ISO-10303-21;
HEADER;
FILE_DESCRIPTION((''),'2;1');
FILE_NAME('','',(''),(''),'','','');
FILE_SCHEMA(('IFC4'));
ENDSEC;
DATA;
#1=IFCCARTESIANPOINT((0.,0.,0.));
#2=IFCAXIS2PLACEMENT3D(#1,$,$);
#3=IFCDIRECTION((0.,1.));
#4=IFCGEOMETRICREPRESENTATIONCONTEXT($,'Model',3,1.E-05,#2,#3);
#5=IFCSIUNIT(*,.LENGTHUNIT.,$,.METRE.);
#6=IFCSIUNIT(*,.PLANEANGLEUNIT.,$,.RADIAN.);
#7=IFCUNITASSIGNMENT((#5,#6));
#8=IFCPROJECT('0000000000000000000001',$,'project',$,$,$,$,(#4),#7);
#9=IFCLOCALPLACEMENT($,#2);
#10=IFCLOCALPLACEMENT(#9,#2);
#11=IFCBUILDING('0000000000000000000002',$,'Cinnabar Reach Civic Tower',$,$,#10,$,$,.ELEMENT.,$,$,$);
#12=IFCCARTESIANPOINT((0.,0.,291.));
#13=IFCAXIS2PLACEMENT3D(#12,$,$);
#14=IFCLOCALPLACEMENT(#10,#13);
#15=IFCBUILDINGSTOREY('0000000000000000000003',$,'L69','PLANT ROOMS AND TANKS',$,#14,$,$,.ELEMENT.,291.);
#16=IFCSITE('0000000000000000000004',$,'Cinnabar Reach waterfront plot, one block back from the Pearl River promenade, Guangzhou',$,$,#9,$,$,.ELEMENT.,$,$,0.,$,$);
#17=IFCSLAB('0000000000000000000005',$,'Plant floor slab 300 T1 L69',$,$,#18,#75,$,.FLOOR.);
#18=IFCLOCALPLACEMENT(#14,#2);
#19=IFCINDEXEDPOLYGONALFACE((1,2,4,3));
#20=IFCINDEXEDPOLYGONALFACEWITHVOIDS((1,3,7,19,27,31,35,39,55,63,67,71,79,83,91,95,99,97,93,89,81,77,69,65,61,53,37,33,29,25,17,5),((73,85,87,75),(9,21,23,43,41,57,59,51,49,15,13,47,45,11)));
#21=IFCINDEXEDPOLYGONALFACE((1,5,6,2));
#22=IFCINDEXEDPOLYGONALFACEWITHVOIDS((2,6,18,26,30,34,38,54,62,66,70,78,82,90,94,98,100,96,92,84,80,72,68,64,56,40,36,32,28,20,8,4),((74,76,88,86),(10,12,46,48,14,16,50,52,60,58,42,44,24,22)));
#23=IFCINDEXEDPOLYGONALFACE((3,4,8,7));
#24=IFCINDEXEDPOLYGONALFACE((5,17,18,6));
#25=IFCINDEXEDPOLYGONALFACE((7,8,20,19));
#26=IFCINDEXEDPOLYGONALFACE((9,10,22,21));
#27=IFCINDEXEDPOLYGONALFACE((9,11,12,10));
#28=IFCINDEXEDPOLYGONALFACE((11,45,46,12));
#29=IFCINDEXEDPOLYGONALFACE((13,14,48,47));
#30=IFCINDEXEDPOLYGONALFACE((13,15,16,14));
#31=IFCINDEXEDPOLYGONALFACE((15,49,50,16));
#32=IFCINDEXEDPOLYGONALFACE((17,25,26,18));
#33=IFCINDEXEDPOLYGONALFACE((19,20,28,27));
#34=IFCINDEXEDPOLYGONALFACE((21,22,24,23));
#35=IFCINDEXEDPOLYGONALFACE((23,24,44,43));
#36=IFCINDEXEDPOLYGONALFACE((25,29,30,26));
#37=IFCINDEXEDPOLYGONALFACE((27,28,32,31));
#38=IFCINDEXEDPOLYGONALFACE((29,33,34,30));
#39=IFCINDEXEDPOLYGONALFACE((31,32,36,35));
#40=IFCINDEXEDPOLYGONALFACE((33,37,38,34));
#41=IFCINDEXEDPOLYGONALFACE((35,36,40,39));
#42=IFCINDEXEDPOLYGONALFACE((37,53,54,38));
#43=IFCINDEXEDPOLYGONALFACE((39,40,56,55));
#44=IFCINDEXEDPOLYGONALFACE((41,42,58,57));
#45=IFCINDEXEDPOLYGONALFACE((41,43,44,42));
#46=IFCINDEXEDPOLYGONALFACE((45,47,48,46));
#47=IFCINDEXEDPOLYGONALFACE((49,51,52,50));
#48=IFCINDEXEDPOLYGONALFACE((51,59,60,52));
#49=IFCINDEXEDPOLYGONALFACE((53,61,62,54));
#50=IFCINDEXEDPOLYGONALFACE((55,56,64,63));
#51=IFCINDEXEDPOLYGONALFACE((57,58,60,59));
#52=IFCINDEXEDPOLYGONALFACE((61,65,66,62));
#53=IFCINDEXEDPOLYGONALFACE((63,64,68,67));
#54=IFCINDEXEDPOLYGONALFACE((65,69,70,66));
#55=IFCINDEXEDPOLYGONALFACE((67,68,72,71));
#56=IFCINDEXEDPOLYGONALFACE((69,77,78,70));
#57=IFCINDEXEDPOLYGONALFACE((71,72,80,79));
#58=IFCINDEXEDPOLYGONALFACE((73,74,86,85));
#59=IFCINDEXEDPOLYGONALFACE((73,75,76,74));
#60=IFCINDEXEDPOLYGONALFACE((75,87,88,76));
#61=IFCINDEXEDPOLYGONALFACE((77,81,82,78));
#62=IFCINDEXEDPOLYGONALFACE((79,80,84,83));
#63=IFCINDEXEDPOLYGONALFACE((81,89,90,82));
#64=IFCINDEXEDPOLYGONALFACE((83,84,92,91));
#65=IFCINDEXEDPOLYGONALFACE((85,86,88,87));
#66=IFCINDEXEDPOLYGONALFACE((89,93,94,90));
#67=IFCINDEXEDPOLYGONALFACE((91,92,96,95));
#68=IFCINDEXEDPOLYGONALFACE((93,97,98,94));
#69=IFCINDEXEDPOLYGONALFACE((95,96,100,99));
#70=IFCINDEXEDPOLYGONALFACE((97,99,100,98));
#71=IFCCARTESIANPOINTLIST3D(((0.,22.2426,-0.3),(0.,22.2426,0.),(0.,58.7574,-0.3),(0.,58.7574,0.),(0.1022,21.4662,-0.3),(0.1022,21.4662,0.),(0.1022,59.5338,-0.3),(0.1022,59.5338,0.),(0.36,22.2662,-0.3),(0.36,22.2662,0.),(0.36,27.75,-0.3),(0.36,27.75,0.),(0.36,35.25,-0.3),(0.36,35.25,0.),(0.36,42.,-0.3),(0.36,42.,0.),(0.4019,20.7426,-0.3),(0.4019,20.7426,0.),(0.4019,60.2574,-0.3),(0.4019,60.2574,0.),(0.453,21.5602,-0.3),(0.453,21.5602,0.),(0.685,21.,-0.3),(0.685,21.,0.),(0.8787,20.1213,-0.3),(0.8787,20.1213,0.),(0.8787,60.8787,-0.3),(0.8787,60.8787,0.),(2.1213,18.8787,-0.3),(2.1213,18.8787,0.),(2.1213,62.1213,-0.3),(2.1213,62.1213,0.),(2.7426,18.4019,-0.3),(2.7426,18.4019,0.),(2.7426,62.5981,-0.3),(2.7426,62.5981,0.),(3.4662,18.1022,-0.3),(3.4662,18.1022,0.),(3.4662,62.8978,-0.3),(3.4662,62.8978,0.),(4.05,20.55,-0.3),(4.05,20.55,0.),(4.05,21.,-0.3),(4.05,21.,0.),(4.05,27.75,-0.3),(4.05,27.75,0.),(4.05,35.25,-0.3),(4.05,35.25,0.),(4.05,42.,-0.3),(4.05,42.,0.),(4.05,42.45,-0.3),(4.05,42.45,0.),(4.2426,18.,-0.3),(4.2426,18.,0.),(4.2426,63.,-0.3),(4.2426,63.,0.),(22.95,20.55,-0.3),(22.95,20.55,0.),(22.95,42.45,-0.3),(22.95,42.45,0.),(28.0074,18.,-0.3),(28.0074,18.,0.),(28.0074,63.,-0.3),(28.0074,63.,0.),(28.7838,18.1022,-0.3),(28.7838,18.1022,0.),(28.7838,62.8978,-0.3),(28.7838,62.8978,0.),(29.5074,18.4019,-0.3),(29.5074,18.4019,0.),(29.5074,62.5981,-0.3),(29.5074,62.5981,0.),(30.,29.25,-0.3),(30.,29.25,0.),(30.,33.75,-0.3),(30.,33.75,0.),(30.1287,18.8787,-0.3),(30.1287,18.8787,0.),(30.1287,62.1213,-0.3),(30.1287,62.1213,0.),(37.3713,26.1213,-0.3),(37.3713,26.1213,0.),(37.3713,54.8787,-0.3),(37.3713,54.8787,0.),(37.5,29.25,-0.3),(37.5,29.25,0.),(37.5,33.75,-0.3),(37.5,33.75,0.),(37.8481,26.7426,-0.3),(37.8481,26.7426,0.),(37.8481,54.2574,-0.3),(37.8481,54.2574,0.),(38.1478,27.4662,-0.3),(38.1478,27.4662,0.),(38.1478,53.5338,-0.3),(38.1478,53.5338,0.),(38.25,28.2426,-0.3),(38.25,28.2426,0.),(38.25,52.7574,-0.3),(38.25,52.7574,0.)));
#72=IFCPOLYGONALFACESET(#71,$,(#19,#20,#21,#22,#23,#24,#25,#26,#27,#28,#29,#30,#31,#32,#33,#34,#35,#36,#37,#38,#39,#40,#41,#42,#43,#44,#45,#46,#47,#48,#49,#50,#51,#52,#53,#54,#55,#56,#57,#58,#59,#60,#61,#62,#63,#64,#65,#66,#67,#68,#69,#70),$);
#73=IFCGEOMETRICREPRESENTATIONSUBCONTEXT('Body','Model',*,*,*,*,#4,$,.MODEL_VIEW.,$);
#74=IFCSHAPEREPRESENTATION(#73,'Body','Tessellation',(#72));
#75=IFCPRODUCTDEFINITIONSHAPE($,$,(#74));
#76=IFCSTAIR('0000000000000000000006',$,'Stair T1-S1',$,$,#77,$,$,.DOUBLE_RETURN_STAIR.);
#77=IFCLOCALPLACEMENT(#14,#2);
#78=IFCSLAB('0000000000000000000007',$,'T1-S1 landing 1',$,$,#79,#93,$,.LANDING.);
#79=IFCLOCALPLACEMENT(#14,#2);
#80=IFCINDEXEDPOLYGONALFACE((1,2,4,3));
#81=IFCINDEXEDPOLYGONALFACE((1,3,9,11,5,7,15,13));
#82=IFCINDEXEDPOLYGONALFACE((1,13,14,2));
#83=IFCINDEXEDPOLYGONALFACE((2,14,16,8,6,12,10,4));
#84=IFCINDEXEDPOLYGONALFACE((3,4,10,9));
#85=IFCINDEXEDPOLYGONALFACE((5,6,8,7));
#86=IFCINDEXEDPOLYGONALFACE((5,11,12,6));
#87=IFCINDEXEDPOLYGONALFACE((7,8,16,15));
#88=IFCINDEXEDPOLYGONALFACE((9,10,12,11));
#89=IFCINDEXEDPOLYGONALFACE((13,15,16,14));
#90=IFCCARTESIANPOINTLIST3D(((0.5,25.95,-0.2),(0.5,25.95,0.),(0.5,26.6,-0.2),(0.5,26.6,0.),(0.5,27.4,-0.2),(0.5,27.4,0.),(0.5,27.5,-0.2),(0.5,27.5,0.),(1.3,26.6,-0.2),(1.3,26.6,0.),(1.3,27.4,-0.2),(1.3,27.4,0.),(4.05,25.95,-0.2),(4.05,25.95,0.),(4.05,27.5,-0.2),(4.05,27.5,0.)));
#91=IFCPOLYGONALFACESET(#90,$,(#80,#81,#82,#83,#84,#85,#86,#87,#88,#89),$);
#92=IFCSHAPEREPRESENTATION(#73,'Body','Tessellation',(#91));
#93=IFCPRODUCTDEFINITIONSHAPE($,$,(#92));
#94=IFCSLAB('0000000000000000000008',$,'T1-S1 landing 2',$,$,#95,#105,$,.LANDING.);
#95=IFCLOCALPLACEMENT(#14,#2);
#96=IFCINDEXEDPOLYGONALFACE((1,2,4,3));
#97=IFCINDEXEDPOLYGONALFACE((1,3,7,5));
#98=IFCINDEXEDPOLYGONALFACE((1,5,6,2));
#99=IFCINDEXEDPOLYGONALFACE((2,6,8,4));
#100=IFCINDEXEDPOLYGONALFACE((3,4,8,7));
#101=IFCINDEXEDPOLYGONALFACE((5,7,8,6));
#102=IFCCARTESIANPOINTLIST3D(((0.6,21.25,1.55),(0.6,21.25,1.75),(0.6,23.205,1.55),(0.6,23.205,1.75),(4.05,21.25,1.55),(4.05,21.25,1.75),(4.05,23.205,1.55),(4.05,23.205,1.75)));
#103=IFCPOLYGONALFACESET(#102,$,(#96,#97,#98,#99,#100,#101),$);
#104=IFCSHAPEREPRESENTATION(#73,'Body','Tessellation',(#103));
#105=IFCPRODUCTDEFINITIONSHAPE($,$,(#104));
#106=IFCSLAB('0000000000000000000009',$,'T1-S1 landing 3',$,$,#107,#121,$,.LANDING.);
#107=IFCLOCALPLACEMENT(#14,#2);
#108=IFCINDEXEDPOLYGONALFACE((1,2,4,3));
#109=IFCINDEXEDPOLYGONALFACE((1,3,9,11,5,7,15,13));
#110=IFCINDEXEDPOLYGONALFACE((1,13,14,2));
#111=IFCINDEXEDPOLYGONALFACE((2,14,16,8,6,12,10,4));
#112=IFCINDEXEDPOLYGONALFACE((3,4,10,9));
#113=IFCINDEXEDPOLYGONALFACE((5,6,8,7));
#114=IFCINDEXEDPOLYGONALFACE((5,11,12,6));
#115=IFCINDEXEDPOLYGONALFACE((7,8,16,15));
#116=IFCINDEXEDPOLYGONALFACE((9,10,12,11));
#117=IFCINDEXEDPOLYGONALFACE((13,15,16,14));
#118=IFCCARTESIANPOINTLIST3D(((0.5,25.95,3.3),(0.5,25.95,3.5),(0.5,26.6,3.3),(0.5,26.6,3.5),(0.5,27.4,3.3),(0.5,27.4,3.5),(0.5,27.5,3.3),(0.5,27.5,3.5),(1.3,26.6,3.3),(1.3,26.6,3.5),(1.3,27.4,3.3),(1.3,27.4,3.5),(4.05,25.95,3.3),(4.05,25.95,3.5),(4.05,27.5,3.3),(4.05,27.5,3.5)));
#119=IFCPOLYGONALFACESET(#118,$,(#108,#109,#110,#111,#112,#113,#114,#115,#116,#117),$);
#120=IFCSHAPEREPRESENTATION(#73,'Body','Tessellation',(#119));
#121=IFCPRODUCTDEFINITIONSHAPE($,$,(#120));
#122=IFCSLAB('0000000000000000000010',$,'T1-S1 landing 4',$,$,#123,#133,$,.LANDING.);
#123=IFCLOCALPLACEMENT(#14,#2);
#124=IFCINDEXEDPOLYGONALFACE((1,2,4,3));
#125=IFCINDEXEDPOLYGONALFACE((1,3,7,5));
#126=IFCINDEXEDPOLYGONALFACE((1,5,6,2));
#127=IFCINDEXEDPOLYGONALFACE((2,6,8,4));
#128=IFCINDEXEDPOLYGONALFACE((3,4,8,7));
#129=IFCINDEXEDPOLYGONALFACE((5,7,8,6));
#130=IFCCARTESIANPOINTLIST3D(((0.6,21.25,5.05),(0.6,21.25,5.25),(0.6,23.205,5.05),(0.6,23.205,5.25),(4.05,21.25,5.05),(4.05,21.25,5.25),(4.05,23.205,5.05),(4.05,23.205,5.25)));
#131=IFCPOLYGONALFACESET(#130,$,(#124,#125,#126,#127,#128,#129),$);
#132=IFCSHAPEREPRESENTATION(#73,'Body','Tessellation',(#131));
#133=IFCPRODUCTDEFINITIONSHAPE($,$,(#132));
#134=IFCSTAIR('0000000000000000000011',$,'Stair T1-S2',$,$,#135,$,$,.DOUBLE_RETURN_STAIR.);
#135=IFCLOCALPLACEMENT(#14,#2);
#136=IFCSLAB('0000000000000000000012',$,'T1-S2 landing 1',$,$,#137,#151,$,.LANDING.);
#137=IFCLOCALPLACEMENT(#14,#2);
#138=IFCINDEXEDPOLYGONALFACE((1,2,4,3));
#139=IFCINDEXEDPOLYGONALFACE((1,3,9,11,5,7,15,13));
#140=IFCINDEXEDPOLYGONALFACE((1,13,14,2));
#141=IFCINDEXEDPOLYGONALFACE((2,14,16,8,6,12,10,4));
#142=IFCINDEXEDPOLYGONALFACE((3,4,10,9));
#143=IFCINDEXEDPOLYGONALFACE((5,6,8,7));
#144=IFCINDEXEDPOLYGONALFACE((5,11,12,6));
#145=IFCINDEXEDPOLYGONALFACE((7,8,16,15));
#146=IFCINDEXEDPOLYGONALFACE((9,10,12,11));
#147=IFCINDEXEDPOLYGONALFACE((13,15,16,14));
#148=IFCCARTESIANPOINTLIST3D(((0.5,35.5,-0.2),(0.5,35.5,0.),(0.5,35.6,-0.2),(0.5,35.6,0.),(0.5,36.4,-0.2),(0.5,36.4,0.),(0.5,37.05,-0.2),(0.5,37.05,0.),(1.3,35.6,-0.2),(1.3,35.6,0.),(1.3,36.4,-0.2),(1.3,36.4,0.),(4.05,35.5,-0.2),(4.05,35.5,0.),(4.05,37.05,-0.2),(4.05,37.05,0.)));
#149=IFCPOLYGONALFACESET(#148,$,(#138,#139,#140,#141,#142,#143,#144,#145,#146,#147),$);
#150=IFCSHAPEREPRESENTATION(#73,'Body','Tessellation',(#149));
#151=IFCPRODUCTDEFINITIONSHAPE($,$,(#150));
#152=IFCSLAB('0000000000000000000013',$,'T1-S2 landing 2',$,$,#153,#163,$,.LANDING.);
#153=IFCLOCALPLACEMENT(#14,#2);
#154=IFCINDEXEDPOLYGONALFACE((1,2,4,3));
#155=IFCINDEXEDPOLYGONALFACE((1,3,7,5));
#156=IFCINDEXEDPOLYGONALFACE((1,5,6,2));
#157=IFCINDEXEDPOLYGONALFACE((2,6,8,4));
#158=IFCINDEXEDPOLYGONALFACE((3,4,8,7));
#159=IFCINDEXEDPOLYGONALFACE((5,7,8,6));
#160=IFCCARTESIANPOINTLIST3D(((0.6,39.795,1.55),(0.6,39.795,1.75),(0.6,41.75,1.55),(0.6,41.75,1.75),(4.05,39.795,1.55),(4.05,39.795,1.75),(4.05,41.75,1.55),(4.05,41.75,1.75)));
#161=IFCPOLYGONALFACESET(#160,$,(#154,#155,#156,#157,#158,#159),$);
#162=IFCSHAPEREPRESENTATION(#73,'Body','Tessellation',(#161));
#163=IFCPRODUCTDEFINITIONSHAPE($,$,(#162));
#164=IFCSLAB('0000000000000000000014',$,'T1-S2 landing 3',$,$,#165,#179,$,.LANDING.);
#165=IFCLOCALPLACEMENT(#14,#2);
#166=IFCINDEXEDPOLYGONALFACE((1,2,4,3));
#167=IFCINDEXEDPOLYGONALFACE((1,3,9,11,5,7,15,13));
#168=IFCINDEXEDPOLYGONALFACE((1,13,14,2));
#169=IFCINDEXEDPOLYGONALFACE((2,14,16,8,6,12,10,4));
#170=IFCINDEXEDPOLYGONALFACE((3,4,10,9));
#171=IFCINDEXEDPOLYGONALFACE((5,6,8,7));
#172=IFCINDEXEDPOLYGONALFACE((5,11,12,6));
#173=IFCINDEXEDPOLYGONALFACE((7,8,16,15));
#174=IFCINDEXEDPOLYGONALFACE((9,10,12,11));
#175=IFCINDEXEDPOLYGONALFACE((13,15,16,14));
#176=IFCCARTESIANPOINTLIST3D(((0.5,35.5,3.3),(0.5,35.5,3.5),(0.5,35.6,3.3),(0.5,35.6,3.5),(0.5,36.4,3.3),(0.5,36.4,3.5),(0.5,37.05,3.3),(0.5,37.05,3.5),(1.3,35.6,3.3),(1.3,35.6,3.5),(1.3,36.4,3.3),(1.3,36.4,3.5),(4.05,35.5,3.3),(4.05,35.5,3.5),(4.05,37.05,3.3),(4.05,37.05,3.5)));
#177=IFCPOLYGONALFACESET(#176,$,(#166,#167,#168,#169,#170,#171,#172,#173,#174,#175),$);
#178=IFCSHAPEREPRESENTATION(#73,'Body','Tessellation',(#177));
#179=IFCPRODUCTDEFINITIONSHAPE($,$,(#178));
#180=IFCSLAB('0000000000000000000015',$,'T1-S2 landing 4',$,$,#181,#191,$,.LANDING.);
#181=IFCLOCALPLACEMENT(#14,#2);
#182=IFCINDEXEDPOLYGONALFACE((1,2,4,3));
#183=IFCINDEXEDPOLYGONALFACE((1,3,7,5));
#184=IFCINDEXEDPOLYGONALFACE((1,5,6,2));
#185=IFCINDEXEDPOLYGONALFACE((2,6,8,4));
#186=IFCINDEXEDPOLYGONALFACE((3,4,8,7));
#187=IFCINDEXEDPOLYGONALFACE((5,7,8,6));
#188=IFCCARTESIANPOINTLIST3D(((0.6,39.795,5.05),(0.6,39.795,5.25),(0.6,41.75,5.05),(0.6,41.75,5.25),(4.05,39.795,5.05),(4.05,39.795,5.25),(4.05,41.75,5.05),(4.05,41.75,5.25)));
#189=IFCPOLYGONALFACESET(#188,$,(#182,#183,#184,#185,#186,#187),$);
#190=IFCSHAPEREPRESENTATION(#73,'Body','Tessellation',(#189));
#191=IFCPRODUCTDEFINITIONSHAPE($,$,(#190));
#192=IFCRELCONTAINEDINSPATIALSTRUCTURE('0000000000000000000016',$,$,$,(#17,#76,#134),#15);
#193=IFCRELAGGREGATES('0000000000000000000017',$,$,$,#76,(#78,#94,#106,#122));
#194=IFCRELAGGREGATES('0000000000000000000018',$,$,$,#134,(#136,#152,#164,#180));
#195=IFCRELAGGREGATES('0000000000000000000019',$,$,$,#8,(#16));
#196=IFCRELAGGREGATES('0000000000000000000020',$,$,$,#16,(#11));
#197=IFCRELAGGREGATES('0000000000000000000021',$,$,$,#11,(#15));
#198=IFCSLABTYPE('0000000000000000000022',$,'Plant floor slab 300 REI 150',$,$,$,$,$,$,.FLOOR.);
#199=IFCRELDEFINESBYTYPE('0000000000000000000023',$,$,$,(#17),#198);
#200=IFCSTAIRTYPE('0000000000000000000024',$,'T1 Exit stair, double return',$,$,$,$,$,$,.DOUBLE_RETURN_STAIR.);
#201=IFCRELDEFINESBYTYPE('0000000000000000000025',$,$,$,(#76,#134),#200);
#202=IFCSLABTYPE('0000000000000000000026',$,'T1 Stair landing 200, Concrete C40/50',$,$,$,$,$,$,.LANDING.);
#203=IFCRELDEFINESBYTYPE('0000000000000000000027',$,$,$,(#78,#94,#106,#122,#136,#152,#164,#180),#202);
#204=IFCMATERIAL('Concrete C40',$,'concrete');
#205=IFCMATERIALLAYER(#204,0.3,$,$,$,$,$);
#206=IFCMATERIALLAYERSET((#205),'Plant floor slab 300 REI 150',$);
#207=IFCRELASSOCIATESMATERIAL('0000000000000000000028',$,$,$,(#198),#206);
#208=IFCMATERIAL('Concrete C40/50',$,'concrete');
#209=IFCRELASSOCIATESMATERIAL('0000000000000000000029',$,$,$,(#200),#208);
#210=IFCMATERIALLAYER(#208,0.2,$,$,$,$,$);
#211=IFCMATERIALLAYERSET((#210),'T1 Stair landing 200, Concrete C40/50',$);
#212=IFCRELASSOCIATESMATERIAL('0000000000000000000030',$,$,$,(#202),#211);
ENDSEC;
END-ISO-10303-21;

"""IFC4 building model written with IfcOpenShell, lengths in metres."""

from ifc_helpers import new_model, si_unit, direction, frame, origin, place, context, subcontext, project, spatial, polyline, outline, extrude, material, layer, layer_set, type_object, element, aggregate, save


model = new_model("IFC4")

# Units and contexts
model_context = context("Model", 3, precision=1e-05, world=origin(), true_north=direction((0.0, 1.0)))
body_context = subcontext(model_context, "Body", "Model", "MODEL_VIEW")
ifc_project = project(units=[si_unit("LENGTHUNIT", "METRE"), si_unit("PLANEANGLEUNIT", "RADIAN")], contexts=[model_context])

# Site, building, storey
site_placement = place(None, origin())
site = spatial("IfcSite", under=ifc_project, at=site_placement, Name="Cinnabar Reach waterfront plot, one block back from the Pearl River promenade, Guangzhou", CompositionType="ELEMENT", RefElevation=0.0)
building_placement = place(site_placement, origin())
building = spatial("IfcBuilding", under=site, at=building_placement, Name="Cinnabar Reach Civic Tower", CompositionType="ELEMENT")
storey_placement = place(building_placement, frame((0.0, 0.0, 291.0)))
storey = spatial("IfcBuildingStorey", under=building, at=storey_placement, Name="L69", Description="PLANT ROOMS AND TANKS", CompositionType="ELEMENT", Elevation=291.0)

# Slab
ifc_material_1 = material(Name="Concrete C40", Category="concrete")
ifc_layer_1 = layer(ifc_material_1, 0.3)
ifc_layer_set_1 = layer_set([ifc_layer_1], Name="Plant floor slab 300 REI 150")
slab_type_1 = type_object("IfcSlabType", Name="Plant floor slab 300 REI 150", PredefinedType="FLOOR", material=ifc_layer_set_1)
slab_1_placement = place(storey_placement, frame((0.0, 0.0, -0.3)))
element("IfcSlab", 1, at=slab_1_placement, inside=storey, type_object=slab_type_1, Name="Plant floor slab 300 T1 L69", PredefinedType="FLOOR", context=body_context, shape_type="SweptSolid", body=[
    extrude(outline(polyline([(0.8787, 20.1213), (0.4019, 20.7426), (0.1022, 21.4662), (0.0, 22.2426), (0.0, 58.7574), (0.1022, 59.5338), (0.4019, 60.2574), (0.8787, 60.8787), (2.1213, 62.1213), (2.7426, 62.5981), (3.4662, 62.8978), (4.2426, 63.0), (28.0074, 63.0), (28.7838, 62.8978), (29.5074, 62.5981), (30.1287, 62.1213), (37.3713, 54.8787), (37.8481, 54.2574), (38.1478, 53.5338), (38.25, 52.7574), (38.25, 28.2426), (38.1478, 27.4662), (37.8481, 26.7426), (37.3713, 26.1213), (30.1287, 18.8787), (29.5074, 18.4019), (28.7838, 18.1022), (28.0074, 18.0), (4.2426, 18.0), (3.4662, 18.1022), (2.7426, 18.4019), (2.1213, 18.8787), (0.8787, 20.1213)]), holes=[polyline([(0.685, 21.0), (4.05, 21.0), (4.05, 20.55), (22.95, 20.55), (22.95, 42.45), (4.05, 42.45), (4.05, 42.0), (0.36, 42.0), (0.36, 35.25), (4.05, 35.25), (4.05, 27.75), (0.36, 27.75), (0.36, 22.2662), (0.453, 21.5602), (0.685, 21.0)]), polyline([(30.0, 33.75), (30.0, 29.25), (37.5, 29.25), (37.5, 33.75), (30.0, 33.75)])]), origin(), (0.0, 0.0, 1.0), 0.3),
])

# Stairs, slabs
ifc_material_2 = material(Name="Concrete C40/50", Category="concrete")
stair_type = type_object("IfcStairType", Name="T1 Exit stair, double return", PredefinedType="DOUBLE_RETURN_STAIR", material=ifc_material_2)
stair_1_placement = place(storey_placement, origin())
stair_1 = element("IfcStair", 2, at=stair_1_placement, inside=storey, type_object=stair_type, Name="Stair T1-S1", PredefinedType="DOUBLE_RETURN_STAIR")
ifc_layer_2 = layer(ifc_material_2, 0.2)
ifc_layer_set_2 = layer_set([ifc_layer_2], Name="T1 Stair landing 200, Concrete C40/50")
slab_type_2 = type_object("IfcSlabType", Name="T1 Stair landing 200, Concrete C40/50", PredefinedType="LANDING", material=ifc_layer_set_2)
slab_2_placement = place(storey_placement, frame((0.0, 0.0, -0.2)))
slab_2 = element("IfcSlab", 3, at=slab_2_placement, type_object=slab_type_2, Name="T1-S1 landing 1", PredefinedType="LANDING", context=body_context, shape_type="SweptSolid", body=[
    extrude(outline(polyline([(0.5, 27.5), (4.05, 27.5), (4.05, 25.95), (0.5, 25.95), (0.5, 26.6), (1.3, 26.6), (1.3, 27.4), (0.5, 27.4), (0.5, 27.5)])), origin(), (0.0, 0.0, 1.0), 0.2),
])
slab_3_placement = place(storey_placement, frame((0.0, 0.0, 1.55)))
slab_3 = element("IfcSlab", 4, at=slab_3_placement, type_object=slab_type_2, Name="T1-S1 landing 2", PredefinedType="LANDING", context=body_context, shape_type="SweptSolid", body=[
    extrude(outline(polyline([(0.6, 21.25), (0.6, 23.205), (4.05, 23.205), (4.05, 21.25), (0.6, 21.25)])), origin(), (0.0, 0.0, 1.0), 0.2),
])
slab_4_placement = place(storey_placement, frame((0.0, 0.0, 3.3)))
slab_4 = element("IfcSlab", 5, at=slab_4_placement, type_object=slab_type_2, Name="T1-S1 landing 3", PredefinedType="LANDING", context=body_context, shape_type="SweptSolid", body=[
    extrude(outline(polyline([(0.5, 27.5), (4.05, 27.5), (4.05, 25.95), (0.5, 25.95), (0.5, 26.6), (1.3, 26.6), (1.3, 27.4), (0.5, 27.4), (0.5, 27.5)])), origin(), (0.0, 0.0, 1.0), 0.2),
])
slab_5_placement = place(storey_placement, frame((0.0, 0.0, 5.05)))
slab_5 = element("IfcSlab", 6, at=slab_5_placement, type_object=slab_type_2, Name="T1-S1 landing 4", PredefinedType="LANDING", context=body_context, shape_type="SweptSolid", body=[
    extrude(outline(polyline([(0.6, 21.25), (0.6, 23.205), (4.05, 23.205), (4.05, 21.25), (0.6, 21.25)])), origin(), (0.0, 0.0, 1.0), 0.2),
])
aggregate(stair_1, [slab_2, slab_3, slab_4, slab_5])
stair_2_placement = place(storey_placement, origin())
stair_2 = element("IfcStair", 7, at=stair_2_placement, inside=storey, type_object=stair_type, Name="Stair T1-S2", PredefinedType="DOUBLE_RETURN_STAIR")
slab_6_placement = place(storey_placement, frame((0.0, 0.0, -0.2)))
slab_6 = element("IfcSlab", 8, at=slab_6_placement, type_object=slab_type_2, Name="T1-S2 landing 1", PredefinedType="LANDING", context=body_context, shape_type="SweptSolid", body=[
    extrude(outline(polyline([(0.5, 37.05), (4.05, 37.05), (4.05, 35.5), (0.5, 35.5), (0.5, 35.6), (1.3, 35.6), (1.3, 36.4), (0.5, 36.4), (0.5, 37.05)])), origin(), (0.0, 0.0, 1.0), 0.2),
])
slab_7_placement = place(storey_placement, frame((0.0, 0.0, 1.55)))
slab_7 = element("IfcSlab", 9, at=slab_7_placement, type_object=slab_type_2, Name="T1-S2 landing 2", PredefinedType="LANDING", context=body_context, shape_type="SweptSolid", body=[
    extrude(outline(polyline([(0.6, 39.795), (0.6, 41.75), (4.05, 41.75), (4.05, 39.795), (0.6, 39.795)])), origin(), (0.0, 0.0, 1.0), 0.2),
])
slab_8_placement = place(storey_placement, frame((0.0, 0.0, 3.3)))
slab_8 = element("IfcSlab", 10, at=slab_8_placement, type_object=slab_type_2, Name="T1-S2 landing 3", PredefinedType="LANDING", context=body_context, shape_type="SweptSolid", body=[
    extrude(outline(polyline([(0.5, 37.05), (4.05, 37.05), (4.05, 35.5), (0.5, 35.5), (0.5, 35.6), (1.3, 35.6), (1.3, 36.4), (0.5, 36.4), (0.5, 37.05)])), origin(), (0.0, 0.0, 1.0), 0.2),
])
slab_9_placement = place(storey_placement, frame((0.0, 0.0, 5.05)))
slab_9 = element("IfcSlab", 11, at=slab_9_placement, type_object=slab_type_2, Name="T1-S2 landing 4", PredefinedType="LANDING", context=body_context, shape_type="SweptSolid", body=[
    extrude(outline(polyline([(0.6, 39.795), (0.6, 41.75), (4.05, 41.75), (4.05, 39.795), (0.6, 39.795)])), origin(), (0.0, 0.0, 1.0), 0.2),
])
aggregate(stair_2, [slab_6, slab_7, slab_8, slab_9])

save(model, "model.ifc")
